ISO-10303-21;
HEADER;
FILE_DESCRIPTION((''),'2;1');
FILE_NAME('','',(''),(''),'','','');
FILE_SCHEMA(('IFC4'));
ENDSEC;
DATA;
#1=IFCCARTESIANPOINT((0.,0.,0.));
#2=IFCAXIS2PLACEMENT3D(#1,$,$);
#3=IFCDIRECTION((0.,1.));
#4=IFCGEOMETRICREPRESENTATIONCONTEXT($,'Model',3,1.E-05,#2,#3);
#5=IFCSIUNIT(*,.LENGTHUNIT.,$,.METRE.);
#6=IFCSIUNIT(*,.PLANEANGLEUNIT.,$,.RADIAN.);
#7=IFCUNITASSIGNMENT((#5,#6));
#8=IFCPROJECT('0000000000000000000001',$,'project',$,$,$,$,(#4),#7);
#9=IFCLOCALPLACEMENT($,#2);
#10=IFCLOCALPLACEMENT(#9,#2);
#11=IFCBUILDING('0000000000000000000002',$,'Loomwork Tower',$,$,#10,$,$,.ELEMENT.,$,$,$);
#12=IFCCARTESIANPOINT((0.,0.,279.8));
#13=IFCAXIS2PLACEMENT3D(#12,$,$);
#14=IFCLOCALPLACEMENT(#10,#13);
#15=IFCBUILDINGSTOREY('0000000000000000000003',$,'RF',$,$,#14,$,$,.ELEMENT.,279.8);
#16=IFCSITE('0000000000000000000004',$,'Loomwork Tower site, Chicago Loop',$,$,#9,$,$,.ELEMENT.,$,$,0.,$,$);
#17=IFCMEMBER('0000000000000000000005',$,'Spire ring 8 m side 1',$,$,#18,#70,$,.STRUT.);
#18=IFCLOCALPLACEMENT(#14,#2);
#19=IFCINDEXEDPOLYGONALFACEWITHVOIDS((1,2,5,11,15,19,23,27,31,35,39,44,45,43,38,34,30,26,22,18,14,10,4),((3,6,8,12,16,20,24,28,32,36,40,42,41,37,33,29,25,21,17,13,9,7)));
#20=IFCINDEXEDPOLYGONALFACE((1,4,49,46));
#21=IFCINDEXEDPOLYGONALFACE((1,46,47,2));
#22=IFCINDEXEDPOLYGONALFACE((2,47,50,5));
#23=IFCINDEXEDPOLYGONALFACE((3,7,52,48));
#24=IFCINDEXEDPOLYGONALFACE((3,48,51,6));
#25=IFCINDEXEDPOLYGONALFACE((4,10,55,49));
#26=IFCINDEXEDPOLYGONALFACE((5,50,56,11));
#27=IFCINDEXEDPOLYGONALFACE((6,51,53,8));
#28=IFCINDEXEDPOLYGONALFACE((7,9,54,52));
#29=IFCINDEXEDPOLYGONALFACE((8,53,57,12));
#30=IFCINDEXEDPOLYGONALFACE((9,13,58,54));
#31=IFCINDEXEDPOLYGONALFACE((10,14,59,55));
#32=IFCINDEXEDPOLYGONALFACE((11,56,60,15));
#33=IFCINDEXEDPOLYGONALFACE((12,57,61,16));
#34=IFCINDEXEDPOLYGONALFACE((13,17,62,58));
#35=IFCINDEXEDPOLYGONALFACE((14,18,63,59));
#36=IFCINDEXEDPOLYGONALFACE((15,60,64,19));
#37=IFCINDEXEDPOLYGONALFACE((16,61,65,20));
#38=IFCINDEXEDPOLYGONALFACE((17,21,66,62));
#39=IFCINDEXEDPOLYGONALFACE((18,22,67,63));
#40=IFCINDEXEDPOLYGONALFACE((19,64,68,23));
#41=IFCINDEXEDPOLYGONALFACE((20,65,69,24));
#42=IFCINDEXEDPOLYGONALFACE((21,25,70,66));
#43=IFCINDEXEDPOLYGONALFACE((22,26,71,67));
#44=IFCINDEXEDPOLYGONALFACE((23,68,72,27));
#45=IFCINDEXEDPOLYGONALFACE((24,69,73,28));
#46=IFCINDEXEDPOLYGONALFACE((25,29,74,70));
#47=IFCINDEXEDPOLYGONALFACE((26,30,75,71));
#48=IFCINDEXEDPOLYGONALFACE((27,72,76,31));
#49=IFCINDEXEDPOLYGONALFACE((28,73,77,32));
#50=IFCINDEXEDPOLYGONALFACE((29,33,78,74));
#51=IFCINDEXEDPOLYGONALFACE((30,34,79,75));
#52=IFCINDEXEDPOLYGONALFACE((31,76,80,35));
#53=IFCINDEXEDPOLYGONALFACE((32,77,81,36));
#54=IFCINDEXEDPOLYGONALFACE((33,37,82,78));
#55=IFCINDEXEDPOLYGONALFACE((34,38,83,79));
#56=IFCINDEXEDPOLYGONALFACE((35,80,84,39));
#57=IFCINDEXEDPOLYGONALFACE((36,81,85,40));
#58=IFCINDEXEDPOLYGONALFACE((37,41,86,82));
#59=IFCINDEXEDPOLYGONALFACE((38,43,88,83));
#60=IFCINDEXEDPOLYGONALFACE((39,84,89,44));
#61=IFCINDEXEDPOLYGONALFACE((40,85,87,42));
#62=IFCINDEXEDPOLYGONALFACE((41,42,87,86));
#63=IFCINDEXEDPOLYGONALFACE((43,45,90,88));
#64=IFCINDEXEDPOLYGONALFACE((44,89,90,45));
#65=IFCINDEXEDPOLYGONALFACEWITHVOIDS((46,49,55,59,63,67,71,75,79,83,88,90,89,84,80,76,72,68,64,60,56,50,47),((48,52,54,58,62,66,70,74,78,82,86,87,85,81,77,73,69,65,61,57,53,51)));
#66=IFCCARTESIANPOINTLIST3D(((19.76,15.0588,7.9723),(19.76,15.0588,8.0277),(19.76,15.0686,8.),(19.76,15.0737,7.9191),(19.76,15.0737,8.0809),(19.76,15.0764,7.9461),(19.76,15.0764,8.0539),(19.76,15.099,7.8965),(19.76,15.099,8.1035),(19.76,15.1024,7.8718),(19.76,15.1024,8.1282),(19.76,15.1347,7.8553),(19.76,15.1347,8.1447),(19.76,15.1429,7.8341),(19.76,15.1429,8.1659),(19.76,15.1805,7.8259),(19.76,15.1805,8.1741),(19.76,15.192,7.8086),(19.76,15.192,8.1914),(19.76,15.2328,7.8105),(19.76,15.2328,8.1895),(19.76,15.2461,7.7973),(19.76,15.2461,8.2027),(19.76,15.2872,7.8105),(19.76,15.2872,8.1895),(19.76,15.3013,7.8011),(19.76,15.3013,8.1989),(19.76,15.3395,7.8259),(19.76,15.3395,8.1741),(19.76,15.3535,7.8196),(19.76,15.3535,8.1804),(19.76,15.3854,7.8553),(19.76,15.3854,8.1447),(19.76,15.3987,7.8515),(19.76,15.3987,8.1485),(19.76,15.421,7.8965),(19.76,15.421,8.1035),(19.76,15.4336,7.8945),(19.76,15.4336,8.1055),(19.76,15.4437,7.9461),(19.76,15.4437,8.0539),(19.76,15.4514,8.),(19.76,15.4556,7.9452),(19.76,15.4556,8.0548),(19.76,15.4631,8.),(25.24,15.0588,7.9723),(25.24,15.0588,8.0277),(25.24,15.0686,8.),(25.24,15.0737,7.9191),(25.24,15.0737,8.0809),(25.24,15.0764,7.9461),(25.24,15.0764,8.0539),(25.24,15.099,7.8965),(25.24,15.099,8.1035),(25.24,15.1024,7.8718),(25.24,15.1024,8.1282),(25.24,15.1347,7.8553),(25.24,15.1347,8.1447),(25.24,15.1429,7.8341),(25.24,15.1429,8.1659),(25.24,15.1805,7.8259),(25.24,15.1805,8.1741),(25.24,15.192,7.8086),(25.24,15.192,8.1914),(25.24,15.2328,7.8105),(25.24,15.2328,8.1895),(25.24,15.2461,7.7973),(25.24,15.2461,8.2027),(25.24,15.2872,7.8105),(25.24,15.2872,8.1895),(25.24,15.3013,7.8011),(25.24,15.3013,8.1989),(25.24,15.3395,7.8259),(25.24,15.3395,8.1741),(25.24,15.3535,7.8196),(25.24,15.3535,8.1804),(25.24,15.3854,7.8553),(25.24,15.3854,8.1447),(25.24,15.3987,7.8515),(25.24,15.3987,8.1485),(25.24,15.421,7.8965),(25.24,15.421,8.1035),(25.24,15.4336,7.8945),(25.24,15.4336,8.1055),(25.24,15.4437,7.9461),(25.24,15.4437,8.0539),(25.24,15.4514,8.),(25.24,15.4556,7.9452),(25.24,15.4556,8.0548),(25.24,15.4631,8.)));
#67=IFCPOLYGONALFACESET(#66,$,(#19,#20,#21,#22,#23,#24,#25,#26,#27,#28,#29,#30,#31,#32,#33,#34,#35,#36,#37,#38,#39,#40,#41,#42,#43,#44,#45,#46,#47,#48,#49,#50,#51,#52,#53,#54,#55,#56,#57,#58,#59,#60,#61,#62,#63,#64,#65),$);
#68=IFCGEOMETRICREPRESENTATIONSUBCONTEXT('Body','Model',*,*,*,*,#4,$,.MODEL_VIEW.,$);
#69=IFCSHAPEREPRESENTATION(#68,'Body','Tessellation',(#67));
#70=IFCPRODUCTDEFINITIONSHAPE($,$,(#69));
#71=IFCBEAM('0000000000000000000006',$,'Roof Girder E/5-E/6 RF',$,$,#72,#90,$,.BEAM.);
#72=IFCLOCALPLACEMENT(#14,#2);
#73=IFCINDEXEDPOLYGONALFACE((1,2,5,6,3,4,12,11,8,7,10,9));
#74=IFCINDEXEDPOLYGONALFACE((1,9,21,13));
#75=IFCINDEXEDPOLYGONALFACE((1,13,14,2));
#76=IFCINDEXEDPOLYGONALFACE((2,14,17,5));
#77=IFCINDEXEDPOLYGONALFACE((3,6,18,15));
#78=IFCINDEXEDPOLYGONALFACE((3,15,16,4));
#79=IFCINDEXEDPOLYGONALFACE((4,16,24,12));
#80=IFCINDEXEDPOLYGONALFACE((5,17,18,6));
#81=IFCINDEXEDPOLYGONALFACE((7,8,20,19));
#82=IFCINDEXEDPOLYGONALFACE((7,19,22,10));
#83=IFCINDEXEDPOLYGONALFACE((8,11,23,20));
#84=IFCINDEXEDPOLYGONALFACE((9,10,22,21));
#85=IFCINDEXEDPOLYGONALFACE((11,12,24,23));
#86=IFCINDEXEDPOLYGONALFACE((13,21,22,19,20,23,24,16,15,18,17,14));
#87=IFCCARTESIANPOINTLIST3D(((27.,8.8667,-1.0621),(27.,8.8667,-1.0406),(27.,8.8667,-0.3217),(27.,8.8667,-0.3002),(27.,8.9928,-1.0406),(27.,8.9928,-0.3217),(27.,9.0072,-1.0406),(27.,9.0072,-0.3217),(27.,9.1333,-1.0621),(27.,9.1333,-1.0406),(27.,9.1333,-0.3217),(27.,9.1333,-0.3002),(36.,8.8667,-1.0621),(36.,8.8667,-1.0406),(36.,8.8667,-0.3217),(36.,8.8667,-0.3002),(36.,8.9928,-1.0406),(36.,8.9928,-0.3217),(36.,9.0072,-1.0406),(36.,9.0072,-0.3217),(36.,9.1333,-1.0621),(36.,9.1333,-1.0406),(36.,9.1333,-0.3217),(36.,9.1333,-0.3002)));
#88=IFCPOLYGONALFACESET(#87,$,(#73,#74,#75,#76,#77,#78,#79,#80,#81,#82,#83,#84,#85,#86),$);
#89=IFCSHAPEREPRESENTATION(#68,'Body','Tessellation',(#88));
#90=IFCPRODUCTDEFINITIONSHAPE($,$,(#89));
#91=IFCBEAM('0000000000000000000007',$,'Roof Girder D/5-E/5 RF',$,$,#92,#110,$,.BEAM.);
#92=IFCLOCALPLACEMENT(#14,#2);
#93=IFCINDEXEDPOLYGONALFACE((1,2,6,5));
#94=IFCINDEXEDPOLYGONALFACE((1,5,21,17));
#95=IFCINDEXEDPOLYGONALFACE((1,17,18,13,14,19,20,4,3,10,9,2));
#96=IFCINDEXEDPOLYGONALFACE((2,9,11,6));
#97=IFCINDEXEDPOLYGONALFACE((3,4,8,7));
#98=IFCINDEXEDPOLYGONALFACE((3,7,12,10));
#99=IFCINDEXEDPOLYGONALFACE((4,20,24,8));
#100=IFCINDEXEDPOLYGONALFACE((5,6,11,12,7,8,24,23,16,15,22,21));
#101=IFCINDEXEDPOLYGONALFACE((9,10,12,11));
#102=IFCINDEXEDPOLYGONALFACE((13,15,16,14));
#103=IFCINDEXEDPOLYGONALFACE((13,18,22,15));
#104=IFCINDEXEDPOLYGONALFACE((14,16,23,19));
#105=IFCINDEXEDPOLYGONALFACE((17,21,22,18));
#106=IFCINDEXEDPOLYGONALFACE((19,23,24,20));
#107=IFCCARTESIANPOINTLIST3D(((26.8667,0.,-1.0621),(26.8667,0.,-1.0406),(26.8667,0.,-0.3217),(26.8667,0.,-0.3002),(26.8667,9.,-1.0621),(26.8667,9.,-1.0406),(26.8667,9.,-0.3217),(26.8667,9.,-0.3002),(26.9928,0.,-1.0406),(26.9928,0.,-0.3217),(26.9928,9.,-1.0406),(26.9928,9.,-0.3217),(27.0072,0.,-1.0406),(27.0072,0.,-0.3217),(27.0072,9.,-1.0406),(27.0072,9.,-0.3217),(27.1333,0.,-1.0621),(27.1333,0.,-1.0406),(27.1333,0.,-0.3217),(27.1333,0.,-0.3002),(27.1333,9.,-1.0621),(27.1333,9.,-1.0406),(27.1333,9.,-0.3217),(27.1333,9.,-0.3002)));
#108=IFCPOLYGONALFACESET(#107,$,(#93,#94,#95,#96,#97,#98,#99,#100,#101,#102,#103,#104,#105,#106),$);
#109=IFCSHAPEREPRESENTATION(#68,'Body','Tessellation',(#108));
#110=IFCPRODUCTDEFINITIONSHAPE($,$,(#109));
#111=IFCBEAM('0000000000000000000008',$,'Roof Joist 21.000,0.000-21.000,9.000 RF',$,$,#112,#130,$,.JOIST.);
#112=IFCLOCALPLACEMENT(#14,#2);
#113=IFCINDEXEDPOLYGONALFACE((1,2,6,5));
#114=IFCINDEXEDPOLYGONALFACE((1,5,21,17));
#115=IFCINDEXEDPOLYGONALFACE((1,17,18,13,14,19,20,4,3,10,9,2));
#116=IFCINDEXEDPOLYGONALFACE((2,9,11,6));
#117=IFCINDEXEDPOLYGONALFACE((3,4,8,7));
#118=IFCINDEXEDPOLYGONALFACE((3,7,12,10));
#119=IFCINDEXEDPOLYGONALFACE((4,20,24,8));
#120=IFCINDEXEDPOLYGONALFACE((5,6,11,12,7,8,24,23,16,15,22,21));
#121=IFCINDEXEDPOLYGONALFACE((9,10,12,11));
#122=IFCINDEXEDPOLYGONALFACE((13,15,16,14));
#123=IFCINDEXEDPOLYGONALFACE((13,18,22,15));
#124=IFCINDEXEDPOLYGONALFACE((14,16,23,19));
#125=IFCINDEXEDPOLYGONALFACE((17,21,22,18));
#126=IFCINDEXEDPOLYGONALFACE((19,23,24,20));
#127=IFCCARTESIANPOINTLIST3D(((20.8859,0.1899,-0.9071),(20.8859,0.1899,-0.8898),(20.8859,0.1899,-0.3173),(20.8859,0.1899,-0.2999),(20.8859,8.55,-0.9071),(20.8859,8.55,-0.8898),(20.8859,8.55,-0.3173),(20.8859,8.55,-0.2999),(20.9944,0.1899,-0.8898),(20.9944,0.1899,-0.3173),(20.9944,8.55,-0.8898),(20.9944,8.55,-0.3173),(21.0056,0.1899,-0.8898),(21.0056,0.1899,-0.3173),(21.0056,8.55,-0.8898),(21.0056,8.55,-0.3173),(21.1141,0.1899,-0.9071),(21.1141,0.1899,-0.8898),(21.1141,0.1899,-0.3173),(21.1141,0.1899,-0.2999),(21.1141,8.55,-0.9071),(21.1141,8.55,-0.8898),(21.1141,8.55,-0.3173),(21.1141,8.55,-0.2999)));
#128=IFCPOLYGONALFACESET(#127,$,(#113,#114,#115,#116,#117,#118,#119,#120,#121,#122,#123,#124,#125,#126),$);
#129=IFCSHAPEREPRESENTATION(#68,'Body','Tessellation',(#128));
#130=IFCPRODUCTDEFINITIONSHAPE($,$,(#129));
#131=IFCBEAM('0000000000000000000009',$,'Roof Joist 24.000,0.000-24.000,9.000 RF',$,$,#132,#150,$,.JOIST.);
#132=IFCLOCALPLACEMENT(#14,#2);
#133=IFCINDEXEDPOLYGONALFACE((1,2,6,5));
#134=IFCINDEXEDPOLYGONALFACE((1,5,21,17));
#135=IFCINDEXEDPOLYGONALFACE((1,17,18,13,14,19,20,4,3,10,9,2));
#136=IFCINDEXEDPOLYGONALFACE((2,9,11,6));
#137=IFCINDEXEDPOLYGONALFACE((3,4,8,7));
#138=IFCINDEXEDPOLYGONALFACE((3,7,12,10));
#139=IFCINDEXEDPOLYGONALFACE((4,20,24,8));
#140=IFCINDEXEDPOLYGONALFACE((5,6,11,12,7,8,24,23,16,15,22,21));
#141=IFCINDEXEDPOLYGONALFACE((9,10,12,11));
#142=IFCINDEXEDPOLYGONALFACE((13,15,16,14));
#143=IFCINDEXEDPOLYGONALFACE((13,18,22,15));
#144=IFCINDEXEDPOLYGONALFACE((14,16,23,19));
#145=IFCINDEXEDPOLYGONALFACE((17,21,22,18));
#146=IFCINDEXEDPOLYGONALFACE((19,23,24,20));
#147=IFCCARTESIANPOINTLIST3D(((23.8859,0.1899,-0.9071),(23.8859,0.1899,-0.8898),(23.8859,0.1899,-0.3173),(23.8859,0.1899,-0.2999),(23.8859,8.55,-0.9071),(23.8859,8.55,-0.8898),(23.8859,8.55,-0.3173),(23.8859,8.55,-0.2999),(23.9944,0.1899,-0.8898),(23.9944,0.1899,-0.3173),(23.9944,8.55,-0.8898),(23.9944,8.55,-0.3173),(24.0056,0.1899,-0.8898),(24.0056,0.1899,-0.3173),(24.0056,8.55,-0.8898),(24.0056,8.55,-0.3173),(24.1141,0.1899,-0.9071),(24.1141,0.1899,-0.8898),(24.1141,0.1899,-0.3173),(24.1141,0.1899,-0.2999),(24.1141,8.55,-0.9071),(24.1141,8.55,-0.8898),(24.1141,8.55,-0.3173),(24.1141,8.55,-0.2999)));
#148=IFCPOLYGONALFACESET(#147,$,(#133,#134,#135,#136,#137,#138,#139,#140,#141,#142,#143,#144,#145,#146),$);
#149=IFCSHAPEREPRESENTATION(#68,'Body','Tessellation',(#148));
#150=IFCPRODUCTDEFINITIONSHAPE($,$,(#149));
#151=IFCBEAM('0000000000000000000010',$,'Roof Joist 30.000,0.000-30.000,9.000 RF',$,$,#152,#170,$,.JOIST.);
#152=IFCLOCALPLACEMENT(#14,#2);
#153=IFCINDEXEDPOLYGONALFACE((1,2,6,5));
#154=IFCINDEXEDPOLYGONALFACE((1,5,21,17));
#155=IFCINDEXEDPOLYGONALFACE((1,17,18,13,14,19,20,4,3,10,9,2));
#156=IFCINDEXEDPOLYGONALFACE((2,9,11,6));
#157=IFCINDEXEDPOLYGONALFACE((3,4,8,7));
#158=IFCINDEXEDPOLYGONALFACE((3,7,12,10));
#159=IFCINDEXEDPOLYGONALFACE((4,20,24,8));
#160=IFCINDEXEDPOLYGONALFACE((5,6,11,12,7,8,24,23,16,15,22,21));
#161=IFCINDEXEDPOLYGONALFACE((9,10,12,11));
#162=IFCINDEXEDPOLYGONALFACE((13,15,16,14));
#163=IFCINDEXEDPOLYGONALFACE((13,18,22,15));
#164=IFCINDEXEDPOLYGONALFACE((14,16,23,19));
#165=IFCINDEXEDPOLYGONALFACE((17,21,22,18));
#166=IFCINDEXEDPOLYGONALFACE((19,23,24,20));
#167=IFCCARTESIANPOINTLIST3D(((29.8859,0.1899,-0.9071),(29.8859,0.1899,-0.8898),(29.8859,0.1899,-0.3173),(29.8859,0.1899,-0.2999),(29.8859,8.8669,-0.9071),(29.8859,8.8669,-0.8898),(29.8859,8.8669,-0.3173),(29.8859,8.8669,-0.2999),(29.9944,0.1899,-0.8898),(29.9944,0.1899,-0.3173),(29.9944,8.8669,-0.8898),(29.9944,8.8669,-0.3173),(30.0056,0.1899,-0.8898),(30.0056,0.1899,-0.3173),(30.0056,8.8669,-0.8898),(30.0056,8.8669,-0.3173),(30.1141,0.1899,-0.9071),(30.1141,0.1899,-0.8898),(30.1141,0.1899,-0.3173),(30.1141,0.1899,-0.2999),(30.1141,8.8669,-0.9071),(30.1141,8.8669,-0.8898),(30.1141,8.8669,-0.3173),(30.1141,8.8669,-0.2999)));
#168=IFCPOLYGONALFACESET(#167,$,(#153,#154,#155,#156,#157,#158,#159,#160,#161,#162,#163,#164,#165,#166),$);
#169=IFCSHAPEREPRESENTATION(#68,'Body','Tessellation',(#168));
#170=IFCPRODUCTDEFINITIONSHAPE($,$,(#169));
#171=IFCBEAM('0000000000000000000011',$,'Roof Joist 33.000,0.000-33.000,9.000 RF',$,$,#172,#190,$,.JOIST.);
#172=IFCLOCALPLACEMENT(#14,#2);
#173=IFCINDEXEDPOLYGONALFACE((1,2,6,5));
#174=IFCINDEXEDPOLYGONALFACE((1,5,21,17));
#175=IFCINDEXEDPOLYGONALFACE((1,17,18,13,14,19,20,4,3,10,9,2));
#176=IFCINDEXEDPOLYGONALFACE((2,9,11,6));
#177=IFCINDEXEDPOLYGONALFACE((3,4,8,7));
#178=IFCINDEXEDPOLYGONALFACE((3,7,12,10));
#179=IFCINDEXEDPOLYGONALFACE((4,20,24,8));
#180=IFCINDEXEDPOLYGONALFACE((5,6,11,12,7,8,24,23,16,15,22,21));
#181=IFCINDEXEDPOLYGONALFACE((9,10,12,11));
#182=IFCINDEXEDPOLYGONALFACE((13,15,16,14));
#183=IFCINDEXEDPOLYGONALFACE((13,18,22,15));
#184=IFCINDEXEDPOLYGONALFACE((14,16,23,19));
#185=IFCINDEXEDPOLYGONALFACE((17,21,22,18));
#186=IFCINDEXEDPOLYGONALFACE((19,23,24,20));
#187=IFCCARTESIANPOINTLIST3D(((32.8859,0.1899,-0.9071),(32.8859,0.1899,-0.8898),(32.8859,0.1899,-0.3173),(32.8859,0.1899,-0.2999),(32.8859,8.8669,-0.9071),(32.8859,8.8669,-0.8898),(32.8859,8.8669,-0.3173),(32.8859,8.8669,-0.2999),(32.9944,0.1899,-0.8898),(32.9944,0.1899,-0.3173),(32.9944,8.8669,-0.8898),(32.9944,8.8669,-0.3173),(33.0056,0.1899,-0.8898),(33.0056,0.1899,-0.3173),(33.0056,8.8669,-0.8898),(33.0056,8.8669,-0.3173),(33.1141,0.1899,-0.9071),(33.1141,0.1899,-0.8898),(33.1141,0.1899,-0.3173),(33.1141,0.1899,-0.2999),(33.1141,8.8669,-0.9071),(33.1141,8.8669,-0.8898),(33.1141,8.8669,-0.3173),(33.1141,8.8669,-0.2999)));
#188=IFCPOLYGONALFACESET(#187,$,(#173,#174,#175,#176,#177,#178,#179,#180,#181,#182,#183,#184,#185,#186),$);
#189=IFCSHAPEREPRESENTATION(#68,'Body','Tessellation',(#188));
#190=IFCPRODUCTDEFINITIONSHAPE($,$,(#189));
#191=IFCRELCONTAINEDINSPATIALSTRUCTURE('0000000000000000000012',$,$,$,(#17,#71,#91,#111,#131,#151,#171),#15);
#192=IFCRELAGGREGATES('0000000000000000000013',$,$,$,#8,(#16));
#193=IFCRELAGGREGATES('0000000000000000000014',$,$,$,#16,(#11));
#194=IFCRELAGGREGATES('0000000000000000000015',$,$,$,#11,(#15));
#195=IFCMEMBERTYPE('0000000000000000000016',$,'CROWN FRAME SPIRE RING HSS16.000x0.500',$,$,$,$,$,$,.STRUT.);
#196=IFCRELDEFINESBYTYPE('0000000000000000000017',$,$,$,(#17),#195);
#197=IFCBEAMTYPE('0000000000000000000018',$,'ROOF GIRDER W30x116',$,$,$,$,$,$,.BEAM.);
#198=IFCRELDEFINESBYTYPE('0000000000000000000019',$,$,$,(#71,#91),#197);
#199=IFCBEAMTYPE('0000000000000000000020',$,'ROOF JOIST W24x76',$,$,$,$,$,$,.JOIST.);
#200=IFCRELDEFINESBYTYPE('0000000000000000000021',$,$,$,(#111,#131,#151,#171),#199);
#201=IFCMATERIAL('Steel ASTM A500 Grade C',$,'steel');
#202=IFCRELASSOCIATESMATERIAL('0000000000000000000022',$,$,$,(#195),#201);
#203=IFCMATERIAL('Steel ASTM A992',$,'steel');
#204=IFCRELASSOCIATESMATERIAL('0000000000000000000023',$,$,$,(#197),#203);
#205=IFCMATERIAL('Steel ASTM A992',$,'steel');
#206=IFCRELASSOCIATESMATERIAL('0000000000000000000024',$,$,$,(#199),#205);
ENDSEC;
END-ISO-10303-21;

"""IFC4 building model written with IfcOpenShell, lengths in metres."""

from ifc_helpers import new_model, si_unit, direction, frame, origin, origin_2d, place, context, subcontext, project, spatial, hollow_circle, i_section, extrude, material, material_profile, profile_set, type_object, element, save


model = new_model("IFC4")

# Units and contexts
model_context = context("Model", 3, precision=1e-05, world=origin(), true_north=direction((0.0, 1.0)))
body_context = subcontext(model_context, "Body", "Model", "MODEL_VIEW")
ifc_project = project(units=[si_unit("LENGTHUNIT", "METRE"), si_unit("PLANEANGLEUNIT", "RADIAN")], contexts=[model_context])

# Site, building, storey
site_placement = place(None, origin())
site = spatial("IfcSite", under=ifc_project, at=site_placement, Name="Loomwork Tower site, Chicago Loop", CompositionType="ELEMENT", RefElevation=0.0)
building_placement = place(site_placement, origin())
building = spatial("IfcBuilding", under=site, at=building_placement, Name="Loomwork Tower", CompositionType="ELEMENT")
storey_placement = place(building_placement, frame((0.0, 0.0, 279.8)))
storey = spatial("IfcBuildingStorey", under=building, at=storey_placement, Name="RF", CompositionType="ELEMENT", Elevation=279.8)

# Member
ifc_material_1 = material(Name="Steel ASTM A500 Grade C", Category="steel")
ifc_material_profile_1 = material_profile(ifc_material_1, hollow_circle(Radius=0.2031, WallThickness=0.0117, at=origin_2d()), Name="HSS16.000x0.500")
ifc_profile_set_1 = profile_set([ifc_material_profile_1], Name="Steel ASTM A500 Grade C")
member_type_1 = type_object("IfcMemberType", Name="CROWN FRAME SPIRE RING HSS16.000x0.500", PredefinedType="STRUT", material=ifc_profile_set_1)
member_1_placement = place(storey_placement, frame((19.76, 15.26, 8.0), z_axis=(1.0, 0.0, 0.0), x_axis=(0.0, 1.0, 0.0)))
element("IfcMember", 1, at=member_1_placement, inside=storey, type_object=member_type_1, Name="Spire ring 8 m side 1", PredefinedType="STRUT", context=body_context, shape_type="SweptSolid", body=[
    extrude(hollow_circle(Radius=0.2031, WallThickness=0.0117, at=origin_2d()), origin(), (0.0, 0.0, 1.0), 5.48),
])

# Beams
ifc_material_2 = material(Name="Steel ASTM A992", Category="steel")
ifc_material_profile_2 = material_profile(ifc_material_2, i_section(OverallWidth=0.2666, OverallDepth=0.762, WebThickness=0.0144, FlangeThickness=0.0215, at=origin_2d()), Name="W30x116")
ifc_profile_set_2 = profile_set([ifc_material_profile_2], Name="Steel ASTM A992")
beam_type_1 = type_object("IfcBeamType", Name="ROOF GIRDER W30x116", PredefinedType="BEAM", material=ifc_profile_set_2)
for number, where, z_axis, x_axis, name in (
    (2, (27.0, 9.0, -0.6812), (1.0, 0.0, 0.0), (0.0, 1.0, 0.0), "Roof Girder E/5-E/6 RF"),
    (3, (27.0, 0.0, -0.6812), (0.0, 1.0, 0.0), (-1.0, 0.0, 0.0), "Roof Girder D/5-E/5 RF"),
):
    element("IfcBeam", number, at=place(storey_placement, frame(where, z_axis=z_axis, x_axis=x_axis)), inside=storey, type_object=beam_type_1, Name=name, PredefinedType="BEAM", context=body_context, shape_type="SweptSolid", body=[
        extrude(i_section(OverallWidth=0.2666, OverallDepth=0.762, WebThickness=0.0144, FlangeThickness=0.0215, at=origin_2d()), origin(), (0.0, 0.0, 1.0), 9.0),
    ])
ifc_material_3 = material(Name="Steel ASTM A992", Category="steel")
ifc_material_profile_3 = material_profile(ifc_material_3, i_section(OverallWidth=0.2283, OverallDepth=0.6072, WebThickness=0.0112, FlangeThickness=0.0173, at=origin_2d()), Name="W24x76")
ifc_profile_set_3 = profile_set([ifc_material_profile_3], Name="Steel ASTM A992")
beam_type_2 = type_object("IfcBeamType", Name="ROOF JOIST W24x76", PredefinedType="JOIST", material=ifc_profile_set_3)
for number, where, z_axis, x_axis, name in (
    (4, (21.0, 0.1899, -0.6035), (0.0, 1.0, 0.0), (-1.0, 0.0, 0.0), "Roof Joist 21.000,0.000-21.000,9.000 RF"),
    (5, (24.0, 0.1899, -0.6035), (0.0, 1.0, 0.0), (-1.0, 0.0, 0.0), "Roof Joist 24.000,0.000-24.000,9.000 RF"),
):
    element("IfcBeam", number, at=place(storey_placement, frame(where, z_axis=z_axis, x_axis=x_axis)), inside=storey, type_object=beam_type_2, Name=name, PredefinedType="JOIST", context=body_context, shape_type="SweptSolid", body=[
        extrude(i_section(OverallWidth=0.2283, OverallDepth=0.6072, WebThickness=0.0112, FlangeThickness=0.0173, at=origin_2d()), origin(), (0.0, 0.0, 1.0), 8.3601),
    ])
for number, where, z_axis, x_axis, name in (
    (6, (30.0, 0.1899, -0.6035), (0.0, 1.0, 0.0), (-1.0, 0.0, 0.0), "Roof Joist 30.000,0.000-30.000,9.000 RF"),
    (7, (33.0, 0.1899, -0.6035), (0.0, 1.0, 0.0), (-1.0, 0.0, 0.0), "Roof Joist 33.000,0.000-33.000,9.000 RF"),
):
    element("IfcBeam", number, at=place(storey_placement, frame(where, z_axis=z_axis, x_axis=x_axis)), inside=storey, type_object=beam_type_2, Name=name, PredefinedType="JOIST", context=body_context, shape_type="SweptSolid", body=[
        extrude(i_section(OverallWidth=0.2283, OverallDepth=0.6072, WebThickness=0.0112, FlangeThickness=0.0173, at=origin_2d()), origin(), (0.0, 0.0, 1.0), 8.677),
    ])

save(model, "model.ifc")
